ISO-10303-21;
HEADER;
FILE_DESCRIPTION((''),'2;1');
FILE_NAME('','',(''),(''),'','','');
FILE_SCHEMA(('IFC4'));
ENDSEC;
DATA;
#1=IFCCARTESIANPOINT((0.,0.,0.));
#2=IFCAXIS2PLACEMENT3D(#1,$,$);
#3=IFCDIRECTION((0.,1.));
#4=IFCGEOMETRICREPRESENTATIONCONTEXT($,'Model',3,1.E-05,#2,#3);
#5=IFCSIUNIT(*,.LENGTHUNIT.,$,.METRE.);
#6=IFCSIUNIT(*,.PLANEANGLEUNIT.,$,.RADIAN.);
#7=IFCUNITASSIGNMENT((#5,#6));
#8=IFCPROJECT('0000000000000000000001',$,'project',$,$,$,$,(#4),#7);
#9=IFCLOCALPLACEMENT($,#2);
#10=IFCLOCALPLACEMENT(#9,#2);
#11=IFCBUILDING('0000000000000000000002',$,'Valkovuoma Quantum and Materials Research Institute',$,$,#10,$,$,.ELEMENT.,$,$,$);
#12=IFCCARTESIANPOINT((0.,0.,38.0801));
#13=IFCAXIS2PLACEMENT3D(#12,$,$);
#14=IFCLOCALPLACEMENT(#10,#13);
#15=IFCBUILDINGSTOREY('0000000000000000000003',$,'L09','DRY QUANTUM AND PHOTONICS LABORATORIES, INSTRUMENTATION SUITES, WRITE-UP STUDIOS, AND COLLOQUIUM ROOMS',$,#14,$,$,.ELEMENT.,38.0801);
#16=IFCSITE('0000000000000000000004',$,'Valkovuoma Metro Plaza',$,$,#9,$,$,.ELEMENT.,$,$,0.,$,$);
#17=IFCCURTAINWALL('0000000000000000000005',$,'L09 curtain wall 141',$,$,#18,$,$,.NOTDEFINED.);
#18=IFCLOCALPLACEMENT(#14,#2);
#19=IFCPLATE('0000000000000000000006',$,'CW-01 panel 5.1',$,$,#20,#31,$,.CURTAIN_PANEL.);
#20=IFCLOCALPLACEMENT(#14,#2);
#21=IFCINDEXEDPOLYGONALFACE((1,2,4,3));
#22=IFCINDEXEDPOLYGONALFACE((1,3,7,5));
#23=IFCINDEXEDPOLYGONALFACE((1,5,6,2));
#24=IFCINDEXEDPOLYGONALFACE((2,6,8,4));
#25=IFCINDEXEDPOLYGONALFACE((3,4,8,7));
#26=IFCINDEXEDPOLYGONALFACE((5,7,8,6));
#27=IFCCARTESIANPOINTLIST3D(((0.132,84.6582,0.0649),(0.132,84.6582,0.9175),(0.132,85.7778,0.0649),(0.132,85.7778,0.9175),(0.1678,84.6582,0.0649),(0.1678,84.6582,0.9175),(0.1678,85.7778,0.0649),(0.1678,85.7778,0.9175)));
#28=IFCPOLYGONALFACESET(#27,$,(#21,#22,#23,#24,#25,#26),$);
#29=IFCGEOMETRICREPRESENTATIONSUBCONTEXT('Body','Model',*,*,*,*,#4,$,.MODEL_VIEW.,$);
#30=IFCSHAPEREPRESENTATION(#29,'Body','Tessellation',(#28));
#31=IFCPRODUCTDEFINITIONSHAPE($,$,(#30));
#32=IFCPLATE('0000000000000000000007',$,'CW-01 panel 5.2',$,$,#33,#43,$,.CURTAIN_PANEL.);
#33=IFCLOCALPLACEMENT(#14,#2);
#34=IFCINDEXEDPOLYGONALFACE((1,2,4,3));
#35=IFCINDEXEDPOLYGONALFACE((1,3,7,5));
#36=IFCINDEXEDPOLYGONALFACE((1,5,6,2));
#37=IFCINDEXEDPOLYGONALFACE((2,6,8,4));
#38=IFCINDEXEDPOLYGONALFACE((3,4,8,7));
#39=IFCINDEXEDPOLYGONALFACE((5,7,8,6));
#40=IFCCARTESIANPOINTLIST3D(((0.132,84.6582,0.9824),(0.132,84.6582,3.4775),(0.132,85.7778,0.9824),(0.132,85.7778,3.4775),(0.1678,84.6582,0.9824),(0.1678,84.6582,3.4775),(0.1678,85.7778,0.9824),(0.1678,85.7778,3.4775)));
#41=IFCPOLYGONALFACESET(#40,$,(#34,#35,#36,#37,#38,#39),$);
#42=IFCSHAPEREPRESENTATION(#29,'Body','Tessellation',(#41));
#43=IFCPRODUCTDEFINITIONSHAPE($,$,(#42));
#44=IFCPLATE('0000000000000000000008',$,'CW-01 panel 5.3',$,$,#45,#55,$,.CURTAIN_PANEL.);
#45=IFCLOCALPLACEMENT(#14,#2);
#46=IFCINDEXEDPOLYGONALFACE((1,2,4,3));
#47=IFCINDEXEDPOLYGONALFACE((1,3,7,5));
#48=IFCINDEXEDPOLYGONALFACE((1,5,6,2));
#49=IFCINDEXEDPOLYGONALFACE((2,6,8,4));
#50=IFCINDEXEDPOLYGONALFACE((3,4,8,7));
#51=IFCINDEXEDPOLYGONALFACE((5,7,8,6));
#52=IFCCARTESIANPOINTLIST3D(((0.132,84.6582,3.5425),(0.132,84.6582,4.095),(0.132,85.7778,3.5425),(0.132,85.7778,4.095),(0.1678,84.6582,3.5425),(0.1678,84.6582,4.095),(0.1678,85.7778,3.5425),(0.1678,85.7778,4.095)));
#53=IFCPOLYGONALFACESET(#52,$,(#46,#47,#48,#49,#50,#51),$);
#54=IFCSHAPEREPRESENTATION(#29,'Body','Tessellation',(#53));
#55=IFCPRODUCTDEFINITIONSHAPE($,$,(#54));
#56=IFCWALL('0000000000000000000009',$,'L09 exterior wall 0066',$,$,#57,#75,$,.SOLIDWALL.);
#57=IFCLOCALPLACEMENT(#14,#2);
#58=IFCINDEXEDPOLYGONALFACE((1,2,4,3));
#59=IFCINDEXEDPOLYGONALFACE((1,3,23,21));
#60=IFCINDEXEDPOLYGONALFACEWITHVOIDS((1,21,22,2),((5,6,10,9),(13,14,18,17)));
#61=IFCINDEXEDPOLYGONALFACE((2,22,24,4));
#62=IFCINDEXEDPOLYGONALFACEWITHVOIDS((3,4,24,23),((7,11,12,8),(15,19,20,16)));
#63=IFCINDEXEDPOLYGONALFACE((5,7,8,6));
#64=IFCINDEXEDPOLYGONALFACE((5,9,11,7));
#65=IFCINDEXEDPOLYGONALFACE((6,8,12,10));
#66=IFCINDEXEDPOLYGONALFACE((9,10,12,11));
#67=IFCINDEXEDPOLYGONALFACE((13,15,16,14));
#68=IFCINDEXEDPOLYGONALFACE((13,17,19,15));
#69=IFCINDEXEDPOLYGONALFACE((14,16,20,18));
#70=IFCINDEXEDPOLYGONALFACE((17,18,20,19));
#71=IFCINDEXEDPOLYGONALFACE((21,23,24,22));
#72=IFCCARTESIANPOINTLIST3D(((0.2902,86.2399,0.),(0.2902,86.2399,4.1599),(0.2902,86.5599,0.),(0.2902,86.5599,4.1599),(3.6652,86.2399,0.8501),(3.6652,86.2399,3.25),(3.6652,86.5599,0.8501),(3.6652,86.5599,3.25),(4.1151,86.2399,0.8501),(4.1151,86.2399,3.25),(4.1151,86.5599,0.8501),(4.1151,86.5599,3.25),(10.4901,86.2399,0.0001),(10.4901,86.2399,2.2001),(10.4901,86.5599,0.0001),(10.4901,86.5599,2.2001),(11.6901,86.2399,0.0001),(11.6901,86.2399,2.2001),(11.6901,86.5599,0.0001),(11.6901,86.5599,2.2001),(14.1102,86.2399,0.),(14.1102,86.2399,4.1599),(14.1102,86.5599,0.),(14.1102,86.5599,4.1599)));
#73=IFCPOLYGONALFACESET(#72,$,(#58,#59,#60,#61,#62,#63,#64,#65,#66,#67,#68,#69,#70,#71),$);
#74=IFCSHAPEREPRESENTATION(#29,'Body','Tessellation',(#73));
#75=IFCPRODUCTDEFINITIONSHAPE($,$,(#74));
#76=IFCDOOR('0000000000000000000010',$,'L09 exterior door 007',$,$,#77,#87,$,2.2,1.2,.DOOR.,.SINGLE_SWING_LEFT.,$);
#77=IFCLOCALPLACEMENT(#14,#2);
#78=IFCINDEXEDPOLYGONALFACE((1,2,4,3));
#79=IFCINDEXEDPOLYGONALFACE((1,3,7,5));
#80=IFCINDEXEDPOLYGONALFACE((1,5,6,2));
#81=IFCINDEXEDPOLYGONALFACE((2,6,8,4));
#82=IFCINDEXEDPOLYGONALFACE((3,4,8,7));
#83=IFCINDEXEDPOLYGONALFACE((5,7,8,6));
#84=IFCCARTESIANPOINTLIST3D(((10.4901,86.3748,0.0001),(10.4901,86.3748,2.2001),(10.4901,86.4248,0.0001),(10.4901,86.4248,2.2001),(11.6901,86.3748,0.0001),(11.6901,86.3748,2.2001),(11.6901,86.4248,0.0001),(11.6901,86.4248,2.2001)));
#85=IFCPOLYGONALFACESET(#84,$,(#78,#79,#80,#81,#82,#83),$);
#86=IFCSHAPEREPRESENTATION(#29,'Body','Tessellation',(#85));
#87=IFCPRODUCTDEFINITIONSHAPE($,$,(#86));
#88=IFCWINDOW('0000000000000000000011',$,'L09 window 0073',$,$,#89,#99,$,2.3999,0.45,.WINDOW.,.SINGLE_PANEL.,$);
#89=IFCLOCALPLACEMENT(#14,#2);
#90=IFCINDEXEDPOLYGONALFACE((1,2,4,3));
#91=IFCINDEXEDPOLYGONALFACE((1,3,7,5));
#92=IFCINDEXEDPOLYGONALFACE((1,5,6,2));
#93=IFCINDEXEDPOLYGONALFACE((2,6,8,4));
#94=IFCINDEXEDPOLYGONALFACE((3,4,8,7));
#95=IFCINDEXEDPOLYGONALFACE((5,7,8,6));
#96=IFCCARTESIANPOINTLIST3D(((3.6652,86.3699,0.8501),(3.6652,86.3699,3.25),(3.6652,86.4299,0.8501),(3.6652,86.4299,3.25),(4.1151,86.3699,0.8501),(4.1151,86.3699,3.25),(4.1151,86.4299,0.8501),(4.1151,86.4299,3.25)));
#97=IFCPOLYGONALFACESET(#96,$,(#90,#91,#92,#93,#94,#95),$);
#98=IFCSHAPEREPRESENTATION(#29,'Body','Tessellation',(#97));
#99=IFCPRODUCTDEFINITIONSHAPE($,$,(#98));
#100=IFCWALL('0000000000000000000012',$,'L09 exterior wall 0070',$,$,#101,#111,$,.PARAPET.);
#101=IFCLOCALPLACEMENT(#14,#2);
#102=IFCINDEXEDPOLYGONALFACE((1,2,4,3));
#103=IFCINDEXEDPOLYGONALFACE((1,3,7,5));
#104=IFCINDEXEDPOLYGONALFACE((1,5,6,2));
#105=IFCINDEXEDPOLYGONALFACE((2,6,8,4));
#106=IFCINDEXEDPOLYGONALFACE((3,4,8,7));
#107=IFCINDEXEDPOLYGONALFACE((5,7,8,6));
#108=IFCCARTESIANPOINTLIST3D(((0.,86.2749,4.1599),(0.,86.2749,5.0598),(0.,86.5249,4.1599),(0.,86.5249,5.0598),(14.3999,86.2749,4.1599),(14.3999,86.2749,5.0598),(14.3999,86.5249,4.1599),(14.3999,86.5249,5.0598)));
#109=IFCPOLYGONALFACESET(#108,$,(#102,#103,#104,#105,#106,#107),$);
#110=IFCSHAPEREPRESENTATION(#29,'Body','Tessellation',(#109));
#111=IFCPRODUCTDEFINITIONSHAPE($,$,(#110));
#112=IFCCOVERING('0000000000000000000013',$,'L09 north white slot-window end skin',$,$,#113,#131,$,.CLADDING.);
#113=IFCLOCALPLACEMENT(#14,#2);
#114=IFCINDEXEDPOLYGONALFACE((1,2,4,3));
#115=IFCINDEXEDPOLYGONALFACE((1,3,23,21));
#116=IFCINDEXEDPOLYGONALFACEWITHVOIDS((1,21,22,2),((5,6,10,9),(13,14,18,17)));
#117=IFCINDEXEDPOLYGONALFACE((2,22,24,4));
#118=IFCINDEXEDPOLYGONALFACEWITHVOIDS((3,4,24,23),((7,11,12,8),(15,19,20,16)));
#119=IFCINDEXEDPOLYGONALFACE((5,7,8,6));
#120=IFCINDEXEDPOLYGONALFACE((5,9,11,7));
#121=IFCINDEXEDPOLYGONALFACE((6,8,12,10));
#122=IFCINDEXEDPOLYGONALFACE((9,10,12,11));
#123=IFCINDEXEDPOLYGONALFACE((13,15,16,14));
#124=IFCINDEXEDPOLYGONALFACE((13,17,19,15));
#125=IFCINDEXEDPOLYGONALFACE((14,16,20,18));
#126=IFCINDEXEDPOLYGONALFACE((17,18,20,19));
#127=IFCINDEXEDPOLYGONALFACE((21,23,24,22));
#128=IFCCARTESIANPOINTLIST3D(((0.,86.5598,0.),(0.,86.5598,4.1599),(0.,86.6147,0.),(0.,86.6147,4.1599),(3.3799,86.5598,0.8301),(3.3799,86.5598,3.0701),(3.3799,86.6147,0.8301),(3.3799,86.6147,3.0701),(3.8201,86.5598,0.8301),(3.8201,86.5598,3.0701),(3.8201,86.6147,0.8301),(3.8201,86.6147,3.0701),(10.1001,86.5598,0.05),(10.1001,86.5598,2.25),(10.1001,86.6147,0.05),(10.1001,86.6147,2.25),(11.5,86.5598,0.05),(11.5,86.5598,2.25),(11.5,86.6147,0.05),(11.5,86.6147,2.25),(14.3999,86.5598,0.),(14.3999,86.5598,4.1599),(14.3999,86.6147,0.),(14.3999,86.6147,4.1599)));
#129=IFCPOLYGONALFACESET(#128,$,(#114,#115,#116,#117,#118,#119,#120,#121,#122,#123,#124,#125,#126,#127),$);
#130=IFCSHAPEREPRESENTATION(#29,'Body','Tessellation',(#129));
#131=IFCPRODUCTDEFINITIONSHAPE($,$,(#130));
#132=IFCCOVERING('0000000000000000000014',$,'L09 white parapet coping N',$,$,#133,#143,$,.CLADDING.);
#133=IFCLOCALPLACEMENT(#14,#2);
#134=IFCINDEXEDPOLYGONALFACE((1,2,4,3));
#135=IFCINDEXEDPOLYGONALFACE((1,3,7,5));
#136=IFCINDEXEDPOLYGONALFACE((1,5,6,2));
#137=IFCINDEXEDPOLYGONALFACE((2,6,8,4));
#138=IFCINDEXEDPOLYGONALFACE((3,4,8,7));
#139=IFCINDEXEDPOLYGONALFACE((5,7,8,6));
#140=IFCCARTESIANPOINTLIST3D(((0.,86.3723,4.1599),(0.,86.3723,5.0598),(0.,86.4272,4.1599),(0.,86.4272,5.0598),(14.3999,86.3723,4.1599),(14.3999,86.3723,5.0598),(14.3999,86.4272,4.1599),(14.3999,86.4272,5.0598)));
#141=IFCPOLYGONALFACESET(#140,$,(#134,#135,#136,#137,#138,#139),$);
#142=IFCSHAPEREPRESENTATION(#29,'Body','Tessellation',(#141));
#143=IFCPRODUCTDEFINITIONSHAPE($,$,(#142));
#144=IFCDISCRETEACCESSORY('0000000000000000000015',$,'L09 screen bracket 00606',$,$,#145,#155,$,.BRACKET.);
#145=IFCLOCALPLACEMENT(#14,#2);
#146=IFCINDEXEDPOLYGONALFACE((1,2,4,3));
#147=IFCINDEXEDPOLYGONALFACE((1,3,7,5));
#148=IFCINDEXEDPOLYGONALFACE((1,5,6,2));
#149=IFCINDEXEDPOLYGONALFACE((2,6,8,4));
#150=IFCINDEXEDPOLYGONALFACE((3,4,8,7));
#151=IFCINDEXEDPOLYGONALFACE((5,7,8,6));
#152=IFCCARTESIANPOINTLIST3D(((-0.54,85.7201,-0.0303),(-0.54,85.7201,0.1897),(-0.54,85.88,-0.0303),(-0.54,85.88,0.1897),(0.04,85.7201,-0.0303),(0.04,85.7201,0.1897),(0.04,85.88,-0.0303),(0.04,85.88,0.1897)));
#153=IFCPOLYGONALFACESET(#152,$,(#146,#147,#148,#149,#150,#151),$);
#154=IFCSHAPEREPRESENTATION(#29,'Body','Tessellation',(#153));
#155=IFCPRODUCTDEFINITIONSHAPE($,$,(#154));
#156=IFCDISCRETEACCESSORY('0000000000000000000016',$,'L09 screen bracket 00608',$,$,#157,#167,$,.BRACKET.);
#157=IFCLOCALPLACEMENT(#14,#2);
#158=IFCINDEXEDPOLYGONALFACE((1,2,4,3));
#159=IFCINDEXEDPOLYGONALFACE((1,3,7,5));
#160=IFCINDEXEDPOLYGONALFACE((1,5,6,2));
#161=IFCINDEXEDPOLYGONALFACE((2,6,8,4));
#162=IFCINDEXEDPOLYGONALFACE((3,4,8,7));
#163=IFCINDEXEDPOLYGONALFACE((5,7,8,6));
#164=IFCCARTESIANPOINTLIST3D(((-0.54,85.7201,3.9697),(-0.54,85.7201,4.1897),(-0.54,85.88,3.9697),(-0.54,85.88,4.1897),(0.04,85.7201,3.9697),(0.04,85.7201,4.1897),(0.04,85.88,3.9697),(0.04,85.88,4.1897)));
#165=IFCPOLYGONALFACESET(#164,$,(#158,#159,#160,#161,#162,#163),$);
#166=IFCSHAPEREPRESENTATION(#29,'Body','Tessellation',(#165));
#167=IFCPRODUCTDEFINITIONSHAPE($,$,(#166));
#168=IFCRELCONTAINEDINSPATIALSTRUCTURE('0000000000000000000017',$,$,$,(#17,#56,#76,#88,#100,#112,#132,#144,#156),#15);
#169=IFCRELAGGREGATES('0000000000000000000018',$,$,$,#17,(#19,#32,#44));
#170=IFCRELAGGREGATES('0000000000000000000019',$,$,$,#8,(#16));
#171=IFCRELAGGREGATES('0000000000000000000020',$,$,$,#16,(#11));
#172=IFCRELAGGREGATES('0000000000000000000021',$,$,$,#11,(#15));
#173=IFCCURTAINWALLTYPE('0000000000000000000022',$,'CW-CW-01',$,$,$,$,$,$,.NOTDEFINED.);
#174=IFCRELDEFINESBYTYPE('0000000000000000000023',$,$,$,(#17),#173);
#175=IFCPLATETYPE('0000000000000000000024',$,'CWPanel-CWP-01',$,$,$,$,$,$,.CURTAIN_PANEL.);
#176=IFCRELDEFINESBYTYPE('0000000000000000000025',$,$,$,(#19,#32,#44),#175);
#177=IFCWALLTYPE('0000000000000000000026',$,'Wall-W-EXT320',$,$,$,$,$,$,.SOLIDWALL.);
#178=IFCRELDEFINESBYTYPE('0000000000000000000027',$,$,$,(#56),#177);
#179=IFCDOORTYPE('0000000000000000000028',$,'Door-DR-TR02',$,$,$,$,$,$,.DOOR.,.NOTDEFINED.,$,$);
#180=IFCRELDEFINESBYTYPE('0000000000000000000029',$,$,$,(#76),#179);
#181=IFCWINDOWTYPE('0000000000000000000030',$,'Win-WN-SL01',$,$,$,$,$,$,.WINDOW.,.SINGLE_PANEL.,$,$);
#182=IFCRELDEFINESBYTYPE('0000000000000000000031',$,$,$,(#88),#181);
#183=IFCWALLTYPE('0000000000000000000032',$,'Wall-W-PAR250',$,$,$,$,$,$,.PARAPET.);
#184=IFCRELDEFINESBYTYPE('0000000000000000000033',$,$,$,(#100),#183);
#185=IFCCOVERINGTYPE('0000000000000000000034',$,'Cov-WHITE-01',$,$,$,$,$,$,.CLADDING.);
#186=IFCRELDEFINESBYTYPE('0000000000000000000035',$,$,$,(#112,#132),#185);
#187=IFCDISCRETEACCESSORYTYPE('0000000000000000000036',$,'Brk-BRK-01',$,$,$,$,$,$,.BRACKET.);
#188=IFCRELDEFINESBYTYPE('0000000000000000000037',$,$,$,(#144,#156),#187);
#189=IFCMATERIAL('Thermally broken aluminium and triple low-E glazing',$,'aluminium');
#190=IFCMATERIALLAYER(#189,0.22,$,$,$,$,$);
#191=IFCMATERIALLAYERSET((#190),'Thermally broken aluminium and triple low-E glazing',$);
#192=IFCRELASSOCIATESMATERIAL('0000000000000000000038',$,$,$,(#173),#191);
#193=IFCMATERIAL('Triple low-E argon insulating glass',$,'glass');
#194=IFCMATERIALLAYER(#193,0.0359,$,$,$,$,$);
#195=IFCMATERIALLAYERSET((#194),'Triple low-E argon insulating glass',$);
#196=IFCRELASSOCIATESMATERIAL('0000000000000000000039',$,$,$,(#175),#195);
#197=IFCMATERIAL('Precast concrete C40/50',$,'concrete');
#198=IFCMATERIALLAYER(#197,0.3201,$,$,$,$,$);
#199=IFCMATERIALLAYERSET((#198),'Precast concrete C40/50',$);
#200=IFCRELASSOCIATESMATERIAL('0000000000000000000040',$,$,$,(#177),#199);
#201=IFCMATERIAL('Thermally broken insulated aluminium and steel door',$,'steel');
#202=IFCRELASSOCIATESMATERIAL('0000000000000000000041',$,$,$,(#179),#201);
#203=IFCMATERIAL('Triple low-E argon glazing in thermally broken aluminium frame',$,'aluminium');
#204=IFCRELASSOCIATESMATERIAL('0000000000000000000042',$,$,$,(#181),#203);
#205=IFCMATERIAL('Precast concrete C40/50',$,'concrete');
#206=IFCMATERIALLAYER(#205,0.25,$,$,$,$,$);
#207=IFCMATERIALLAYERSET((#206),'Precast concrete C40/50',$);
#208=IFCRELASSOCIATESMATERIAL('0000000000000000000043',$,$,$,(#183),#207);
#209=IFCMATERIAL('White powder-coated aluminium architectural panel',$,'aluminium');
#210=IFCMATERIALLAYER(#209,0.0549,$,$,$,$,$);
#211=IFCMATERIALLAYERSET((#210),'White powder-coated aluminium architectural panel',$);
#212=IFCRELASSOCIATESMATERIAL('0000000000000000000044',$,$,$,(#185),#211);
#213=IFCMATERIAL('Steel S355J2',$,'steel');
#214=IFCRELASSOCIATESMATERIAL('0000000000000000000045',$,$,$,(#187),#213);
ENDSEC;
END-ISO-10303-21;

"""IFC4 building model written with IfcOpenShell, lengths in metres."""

from ifc_helpers import new_model, si_unit, direction, frame, frame_2d, origin, origin_2d, place, context, subcontext, project, spatial, polyline, rectangle, outline, extrude, material, layer, layer_set, type_object, element, fill, aggregate, save


model = new_model("IFC4")

# Units and contexts
model_context = context("Model", 3, precision=1e-05, world=origin(), true_north=direction((0.0, 1.0)))
body_context = subcontext(model_context, "Body", "Model", "MODEL_VIEW")
ifc_project = project(units=[si_unit("LENGTHUNIT", "METRE"), si_unit("PLANEANGLEUNIT", "RADIAN")], contexts=[model_context])

# Site, building, storey
site_placement = place(None, origin())
site = spatial("IfcSite", under=ifc_project, at=site_placement, Name="Valkovuoma Metro Plaza", CompositionType="ELEMENT", RefElevation=0.0)
building_placement = place(site_placement, origin())
building = spatial("IfcBuilding", under=site, at=building_placement, Name="Valkovuoma Quantum and Materials Research Institute", CompositionType="ELEMENT")
storey_placement = place(building_placement, frame((0.0, 0.0, 38.0801)))
storey = spatial("IfcBuildingStorey", under=building, at=storey_placement, Name="L09", Description="DRY QUANTUM AND PHOTONICS LABORATORIES, INSTRUMENTATION SUITES, WRITE-UP STUDIOS, AND COLLOQUIUM ROOMS", CompositionType="ELEMENT", Elevation=38.0801)

# Curtain wall, plates
ifc_material_1 = material(Name="Thermally broken aluminium and triple low-E glazing", Category="aluminium")
ifc_layer_1 = layer(ifc_material_1, 0.22)
ifc_layer_set_1 = layer_set([ifc_layer_1], Name="Thermally broken aluminium and triple low-E glazing")
curtain_wall_type = type_object("IfcCurtainWallType", Name="CW-CW-01", PredefinedType="NOTDEFINED", material=ifc_layer_set_1)
curtain_wall_placement = place(storey_placement, origin())
curtain_wall = element("IfcCurtainWall", 1, at=curtain_wall_placement, inside=storey, type_object=curtain_wall_type, Name="L09 curtain wall 141", PredefinedType="NOTDEFINED")
ifc_material_2 = material(Name="Triple low-E argon insulating glass", Category="glass")
ifc_layer_2 = layer(ifc_material_2, 0.0359)
ifc_layer_set_2 = layer_set([ifc_layer_2], Name="Triple low-E argon insulating glass")
plate_type = type_object("IfcPlateType", Name="CWPanel-CWP-01", PredefinedType="CURTAIN_PANEL", material=ifc_layer_set_2)
plate_1_placement = place(storey_placement, frame((0.1499, 85.218, 0.0649), z_axis=(0.0, 0.0, 1.0), x_axis=(0.0, 1.0, 0.0)))
plate_1 = element("IfcPlate", 2, at=plate_1_placement, type_object=plate_type, Name="CW-01 panel 5.1", PredefinedType="CURTAIN_PANEL", context=body_context, shape_type="SweptSolid", body=[
    extrude(rectangle(XDim=1.1196, YDim=0.0359, at=origin_2d()), origin(), (0.0, 0.0, 1.0), 0.8525),
])
plate_2_placement = place(storey_placement, frame((0.1499, 85.218, 0.9824), z_axis=(0.0, 0.0, 1.0), x_axis=(0.0, 1.0, 0.0)))
plate_2 = element("IfcPlate", 3, at=plate_2_placement, type_object=plate_type, Name="CW-01 panel 5.2", PredefinedType="CURTAIN_PANEL", context=body_context, shape_type="SweptSolid", body=[
    extrude(rectangle(XDim=1.1196, YDim=0.0359, at=origin_2d()), origin(), (0.0, 0.0, 1.0), 2.4951),
])
plate_3_placement = place(storey_placement, frame((0.1499, 85.218, 3.5425), z_axis=(0.0, 0.0, 1.0), x_axis=(0.0, 1.0, 0.0)))
plate_3 = element("IfcPlate", 4, at=plate_3_placement, type_object=plate_type, Name="CW-01 panel 5.3", PredefinedType="CURTAIN_PANEL", context=body_context, shape_type="SweptSolid", body=[
    extrude(rectangle(XDim=1.1196, YDim=0.0359, at=origin_2d()), origin(), (0.0, 0.0, 1.0), 0.5525),
])
aggregate(curtain_wall, [plate_1, plate_2, plate_3])

# Wall, openings, door, window
ifc_material_3 = material(Name="Precast concrete C40/50", Category="concrete")
ifc_layer_3 = layer(ifc_material_3, 0.3201)
ifc_layer_set_3 = layer_set([ifc_layer_3], Name="Precast concrete C40/50")
wall_type_1 = type_object("IfcWallType", Name="Wall-W-EXT320", PredefinedType="SOLIDWALL", material=ifc_layer_set_3)
wall_1_placement = place(storey_placement, frame((0.29, 86.3999, 0.0), z_axis=(0.0, 0.0, 1.0), x_axis=(1.0, 0.0, 0.0)))
wall_1 = element("IfcWall", 5, at=wall_1_placement, inside=storey, type_object=wall_type_1, Name="L09 exterior wall 0066", PredefinedType="SOLIDWALL", context=body_context, shape_type="SweptSolid", body=[
    extrude(rectangle(XDim=13.8201, YDim=0.3201, at=frame_2d((6.9102, 0.0))), origin(), (0.0, 0.0, 1.0), 4.1599),
])
opening_1_placement = place(wall_1_placement, frame((10.2, 0.0, 0.0)))
opening_1 = element("IfcOpeningElement", 6, at=opening_1_placement, cuts=wall_1, PredefinedType="OPENING", context=body_context, shape_type="SweptSolid", body=[
    extrude(rectangle(XDim=1.2, YDim=2.2, at=frame_2d((0.6001, 1.1001))), frame((0.0, 0.1699, 0.0), z_axis=(0.0, -1.0, 0.0), x_axis=(1.0, 0.0, 0.0)), (0.0, 0.0, 1.0), 0.3401),
])
opening_2_placement = place(wall_1_placement, frame((3.375, 0.0, 0.8501)))
opening_2 = element("IfcOpeningElement", 7, at=opening_2_placement, cuts=wall_1, PredefinedType="OPENING", context=body_context, shape_type="SweptSolid", body=[
    extrude(rectangle(XDim=0.45, YDim=2.3999, at=frame_2d((0.2251, 1.2))), frame((0.0, 0.1699, 0.0), z_axis=(0.0, -1.0, 0.0), x_axis=(1.0, 0.0, 0.0)), (0.0, 0.0, 1.0), 0.3401),
])
ifc_material_4 = material(Name="Thermally broken insulated aluminium and steel door", Category="steel")
door_type = type_object("IfcDoorType", Name="Door-DR-TR02", OperationType="NOTDEFINED", PredefinedType="DOOR", material=ifc_material_4)
door_placement = place(opening_1_placement, origin())
door = element("IfcDoor", 8, at=door_placement, inside=storey, type_object=door_type, Name="L09 exterior door 007", OperationType="SINGLE_SWING_LEFT", OverallHeight=2.2, OverallWidth=1.2, PredefinedType="DOOR", context=body_context, shape_type="SweptSolid", body=[
    extrude(rectangle(XDim=1.2, YDim=2.2, at=frame_2d((0.6001, 1.1001))), frame((0.0, 0.0249, 0.0), z_axis=(0.0, -1.0, 0.0), x_axis=(1.0, 0.0, 0.0)), (0.0, 0.0, 1.0), 0.05),
])
fill(opening_1, door)
ifc_material_5 = material(Name="Triple low-E argon glazing in thermally broken aluminium frame", Category="aluminium")
window_type = type_object("IfcWindowType", Name="Win-WN-SL01", PartitioningType="SINGLE_PANEL", PredefinedType="WINDOW", material=ifc_material_5)
window_placement = place(opening_2_placement, origin())
window = element("IfcWindow", 9, at=window_placement, inside=storey, type_object=window_type, Name="L09 window 0073", OverallHeight=2.3999, OverallWidth=0.45, PartitioningType="SINGLE_PANEL", PredefinedType="WINDOW", context=body_context, shape_type="SweptSolid", body=[
    extrude(rectangle(XDim=0.45, YDim=2.3999, at=frame_2d((0.2251, 1.2))), frame((0.0, 0.03, 0.0), z_axis=(0.0, -1.0, 0.0), x_axis=(1.0, 0.0, 0.0)), (0.0, 0.0, 1.0), 0.0601),
])
fill(opening_2, window)

# Wall
ifc_material_6 = material(Name="Precast concrete C40/50", Category="concrete")
ifc_layer_4 = layer(ifc_material_6, 0.25)
ifc_layer_set_4 = layer_set([ifc_layer_4], Name="Precast concrete C40/50")
wall_type_2 = type_object("IfcWallType", Name="Wall-W-PAR250", PredefinedType="PARAPET", material=ifc_layer_set_4)
wall_2_placement = place(storey_placement, frame((0.0, 86.3999, 4.1599), z_axis=(0.0, 0.0, 1.0), x_axis=(1.0, 0.0, 0.0)))
element("IfcWall", 10, at=wall_2_placement, inside=storey, type_object=wall_type_2, Name="L09 exterior wall 0070", PredefinedType="PARAPET", context=body_context, shape_type="SweptSolid", body=[
    extrude(rectangle(XDim=14.3999, YDim=0.25, at=frame_2d((7.2, 0.0))), origin(), (0.0, 0.0, 1.0), 0.8999),
])

# Coverings
ifc_material_7 = material(Name="White powder-coated aluminium architectural panel", Category="aluminium")
ifc_layer_5 = layer(ifc_material_7, 0.0549)
ifc_layer_set_5 = layer_set([ifc_layer_5], Name="White powder-coated aluminium architectural panel")
covering_type = type_object("IfcCoveringType", Name="Cov-WHITE-01", PredefinedType="CLADDING", material=ifc_layer_set_5)
covering_1_placement = place(storey_placement, frame((0.0, 86.5874, 0.0), z_axis=(0.0, 0.0, 1.0), x_axis=(1.0, 0.0, 0.0)))
element("IfcCovering", 11, at=covering_1_placement, inside=storey, type_object=covering_type, Name="L09 north white slot-window end skin", PredefinedType="CLADDING", context=body_context, shape_type="SweptSolid", body=[
    extrude(outline(polyline([(0.0, 0.0), (14.3999, 0.0), (14.3999, 4.1599), (0.0, 4.1599), (0.0, 0.0)]), holes=[polyline([(3.3799, 0.8301), (3.3799, 3.0701), (3.8201, 3.0701), (3.8201, 0.8301), (3.3799, 0.8301)]), polyline([(10.1001, 0.05), (10.1001, 2.25), (11.5, 2.25), (11.5, 0.05), (10.1001, 0.05)])]), frame((0.0, 0.0273, 0.0), z_axis=(0.0, -1.0, 0.0), x_axis=(1.0, 0.0, 0.0)), (0.0, 0.0, 1.0), 0.0549),
])
covering_2_placement = place(storey_placement, frame((0.0, 86.3999, 4.1599), z_axis=(0.0, 0.0, 1.0), x_axis=(1.0, 0.0, 0.0)))
element("IfcCovering", 12, at=covering_2_placement, inside=storey, type_object=covering_type, Name="L09 white parapet coping N", PredefinedType="CLADDING", context=body_context, shape_type="SweptSolid", body=[
    extrude(outline(polyline([(0.0, 0.0), (14.3999, 0.0), (14.3999, 0.8999), (0.0, 0.8999), (0.0, 0.0)])), frame((0.0, 0.0273, 0.0), z_axis=(0.0, -1.0, 0.0), x_axis=(1.0, 0.0, 0.0)), (0.0, 0.0, 1.0), 0.0549),
])

# Discrete accessories
ifc_material_8 = material(Name="Steel S355J2", Category="steel")
discrete_accessory_type = type_object("IfcDiscreteAccessoryType", Name="Brk-BRK-01", PredefinedType="BRACKET", material=ifc_material_8)
for number, where, z_axis, x_axis, name in (
    (13, (-0.25, 85.8, -0.0303), (0.0, 0.0, 1.0), (1.0, 0.0, 0.0), "L09 screen bracket 00606"),
    (14, (-0.25, 85.8, 3.9697), (0.0, 0.0, 1.0), (1.0, 0.0, 0.0), "L09 screen bracket 00608"),
):
    element("IfcDiscreteAccessory", number, at=place(storey_placement, frame(where, z_axis=z_axis, x_axis=x_axis)), inside=storey, type_object=discrete_accessory_type, Name=name, PredefinedType="BRACKET", context=body_context, shape_type="SweptSolid", body=[
        extrude(rectangle(XDim=0.5801, YDim=0.1599, at=origin_2d()), origin(), (0.0, 0.0, 1.0), 0.22),
    ])

save(model, "model.ifc")
